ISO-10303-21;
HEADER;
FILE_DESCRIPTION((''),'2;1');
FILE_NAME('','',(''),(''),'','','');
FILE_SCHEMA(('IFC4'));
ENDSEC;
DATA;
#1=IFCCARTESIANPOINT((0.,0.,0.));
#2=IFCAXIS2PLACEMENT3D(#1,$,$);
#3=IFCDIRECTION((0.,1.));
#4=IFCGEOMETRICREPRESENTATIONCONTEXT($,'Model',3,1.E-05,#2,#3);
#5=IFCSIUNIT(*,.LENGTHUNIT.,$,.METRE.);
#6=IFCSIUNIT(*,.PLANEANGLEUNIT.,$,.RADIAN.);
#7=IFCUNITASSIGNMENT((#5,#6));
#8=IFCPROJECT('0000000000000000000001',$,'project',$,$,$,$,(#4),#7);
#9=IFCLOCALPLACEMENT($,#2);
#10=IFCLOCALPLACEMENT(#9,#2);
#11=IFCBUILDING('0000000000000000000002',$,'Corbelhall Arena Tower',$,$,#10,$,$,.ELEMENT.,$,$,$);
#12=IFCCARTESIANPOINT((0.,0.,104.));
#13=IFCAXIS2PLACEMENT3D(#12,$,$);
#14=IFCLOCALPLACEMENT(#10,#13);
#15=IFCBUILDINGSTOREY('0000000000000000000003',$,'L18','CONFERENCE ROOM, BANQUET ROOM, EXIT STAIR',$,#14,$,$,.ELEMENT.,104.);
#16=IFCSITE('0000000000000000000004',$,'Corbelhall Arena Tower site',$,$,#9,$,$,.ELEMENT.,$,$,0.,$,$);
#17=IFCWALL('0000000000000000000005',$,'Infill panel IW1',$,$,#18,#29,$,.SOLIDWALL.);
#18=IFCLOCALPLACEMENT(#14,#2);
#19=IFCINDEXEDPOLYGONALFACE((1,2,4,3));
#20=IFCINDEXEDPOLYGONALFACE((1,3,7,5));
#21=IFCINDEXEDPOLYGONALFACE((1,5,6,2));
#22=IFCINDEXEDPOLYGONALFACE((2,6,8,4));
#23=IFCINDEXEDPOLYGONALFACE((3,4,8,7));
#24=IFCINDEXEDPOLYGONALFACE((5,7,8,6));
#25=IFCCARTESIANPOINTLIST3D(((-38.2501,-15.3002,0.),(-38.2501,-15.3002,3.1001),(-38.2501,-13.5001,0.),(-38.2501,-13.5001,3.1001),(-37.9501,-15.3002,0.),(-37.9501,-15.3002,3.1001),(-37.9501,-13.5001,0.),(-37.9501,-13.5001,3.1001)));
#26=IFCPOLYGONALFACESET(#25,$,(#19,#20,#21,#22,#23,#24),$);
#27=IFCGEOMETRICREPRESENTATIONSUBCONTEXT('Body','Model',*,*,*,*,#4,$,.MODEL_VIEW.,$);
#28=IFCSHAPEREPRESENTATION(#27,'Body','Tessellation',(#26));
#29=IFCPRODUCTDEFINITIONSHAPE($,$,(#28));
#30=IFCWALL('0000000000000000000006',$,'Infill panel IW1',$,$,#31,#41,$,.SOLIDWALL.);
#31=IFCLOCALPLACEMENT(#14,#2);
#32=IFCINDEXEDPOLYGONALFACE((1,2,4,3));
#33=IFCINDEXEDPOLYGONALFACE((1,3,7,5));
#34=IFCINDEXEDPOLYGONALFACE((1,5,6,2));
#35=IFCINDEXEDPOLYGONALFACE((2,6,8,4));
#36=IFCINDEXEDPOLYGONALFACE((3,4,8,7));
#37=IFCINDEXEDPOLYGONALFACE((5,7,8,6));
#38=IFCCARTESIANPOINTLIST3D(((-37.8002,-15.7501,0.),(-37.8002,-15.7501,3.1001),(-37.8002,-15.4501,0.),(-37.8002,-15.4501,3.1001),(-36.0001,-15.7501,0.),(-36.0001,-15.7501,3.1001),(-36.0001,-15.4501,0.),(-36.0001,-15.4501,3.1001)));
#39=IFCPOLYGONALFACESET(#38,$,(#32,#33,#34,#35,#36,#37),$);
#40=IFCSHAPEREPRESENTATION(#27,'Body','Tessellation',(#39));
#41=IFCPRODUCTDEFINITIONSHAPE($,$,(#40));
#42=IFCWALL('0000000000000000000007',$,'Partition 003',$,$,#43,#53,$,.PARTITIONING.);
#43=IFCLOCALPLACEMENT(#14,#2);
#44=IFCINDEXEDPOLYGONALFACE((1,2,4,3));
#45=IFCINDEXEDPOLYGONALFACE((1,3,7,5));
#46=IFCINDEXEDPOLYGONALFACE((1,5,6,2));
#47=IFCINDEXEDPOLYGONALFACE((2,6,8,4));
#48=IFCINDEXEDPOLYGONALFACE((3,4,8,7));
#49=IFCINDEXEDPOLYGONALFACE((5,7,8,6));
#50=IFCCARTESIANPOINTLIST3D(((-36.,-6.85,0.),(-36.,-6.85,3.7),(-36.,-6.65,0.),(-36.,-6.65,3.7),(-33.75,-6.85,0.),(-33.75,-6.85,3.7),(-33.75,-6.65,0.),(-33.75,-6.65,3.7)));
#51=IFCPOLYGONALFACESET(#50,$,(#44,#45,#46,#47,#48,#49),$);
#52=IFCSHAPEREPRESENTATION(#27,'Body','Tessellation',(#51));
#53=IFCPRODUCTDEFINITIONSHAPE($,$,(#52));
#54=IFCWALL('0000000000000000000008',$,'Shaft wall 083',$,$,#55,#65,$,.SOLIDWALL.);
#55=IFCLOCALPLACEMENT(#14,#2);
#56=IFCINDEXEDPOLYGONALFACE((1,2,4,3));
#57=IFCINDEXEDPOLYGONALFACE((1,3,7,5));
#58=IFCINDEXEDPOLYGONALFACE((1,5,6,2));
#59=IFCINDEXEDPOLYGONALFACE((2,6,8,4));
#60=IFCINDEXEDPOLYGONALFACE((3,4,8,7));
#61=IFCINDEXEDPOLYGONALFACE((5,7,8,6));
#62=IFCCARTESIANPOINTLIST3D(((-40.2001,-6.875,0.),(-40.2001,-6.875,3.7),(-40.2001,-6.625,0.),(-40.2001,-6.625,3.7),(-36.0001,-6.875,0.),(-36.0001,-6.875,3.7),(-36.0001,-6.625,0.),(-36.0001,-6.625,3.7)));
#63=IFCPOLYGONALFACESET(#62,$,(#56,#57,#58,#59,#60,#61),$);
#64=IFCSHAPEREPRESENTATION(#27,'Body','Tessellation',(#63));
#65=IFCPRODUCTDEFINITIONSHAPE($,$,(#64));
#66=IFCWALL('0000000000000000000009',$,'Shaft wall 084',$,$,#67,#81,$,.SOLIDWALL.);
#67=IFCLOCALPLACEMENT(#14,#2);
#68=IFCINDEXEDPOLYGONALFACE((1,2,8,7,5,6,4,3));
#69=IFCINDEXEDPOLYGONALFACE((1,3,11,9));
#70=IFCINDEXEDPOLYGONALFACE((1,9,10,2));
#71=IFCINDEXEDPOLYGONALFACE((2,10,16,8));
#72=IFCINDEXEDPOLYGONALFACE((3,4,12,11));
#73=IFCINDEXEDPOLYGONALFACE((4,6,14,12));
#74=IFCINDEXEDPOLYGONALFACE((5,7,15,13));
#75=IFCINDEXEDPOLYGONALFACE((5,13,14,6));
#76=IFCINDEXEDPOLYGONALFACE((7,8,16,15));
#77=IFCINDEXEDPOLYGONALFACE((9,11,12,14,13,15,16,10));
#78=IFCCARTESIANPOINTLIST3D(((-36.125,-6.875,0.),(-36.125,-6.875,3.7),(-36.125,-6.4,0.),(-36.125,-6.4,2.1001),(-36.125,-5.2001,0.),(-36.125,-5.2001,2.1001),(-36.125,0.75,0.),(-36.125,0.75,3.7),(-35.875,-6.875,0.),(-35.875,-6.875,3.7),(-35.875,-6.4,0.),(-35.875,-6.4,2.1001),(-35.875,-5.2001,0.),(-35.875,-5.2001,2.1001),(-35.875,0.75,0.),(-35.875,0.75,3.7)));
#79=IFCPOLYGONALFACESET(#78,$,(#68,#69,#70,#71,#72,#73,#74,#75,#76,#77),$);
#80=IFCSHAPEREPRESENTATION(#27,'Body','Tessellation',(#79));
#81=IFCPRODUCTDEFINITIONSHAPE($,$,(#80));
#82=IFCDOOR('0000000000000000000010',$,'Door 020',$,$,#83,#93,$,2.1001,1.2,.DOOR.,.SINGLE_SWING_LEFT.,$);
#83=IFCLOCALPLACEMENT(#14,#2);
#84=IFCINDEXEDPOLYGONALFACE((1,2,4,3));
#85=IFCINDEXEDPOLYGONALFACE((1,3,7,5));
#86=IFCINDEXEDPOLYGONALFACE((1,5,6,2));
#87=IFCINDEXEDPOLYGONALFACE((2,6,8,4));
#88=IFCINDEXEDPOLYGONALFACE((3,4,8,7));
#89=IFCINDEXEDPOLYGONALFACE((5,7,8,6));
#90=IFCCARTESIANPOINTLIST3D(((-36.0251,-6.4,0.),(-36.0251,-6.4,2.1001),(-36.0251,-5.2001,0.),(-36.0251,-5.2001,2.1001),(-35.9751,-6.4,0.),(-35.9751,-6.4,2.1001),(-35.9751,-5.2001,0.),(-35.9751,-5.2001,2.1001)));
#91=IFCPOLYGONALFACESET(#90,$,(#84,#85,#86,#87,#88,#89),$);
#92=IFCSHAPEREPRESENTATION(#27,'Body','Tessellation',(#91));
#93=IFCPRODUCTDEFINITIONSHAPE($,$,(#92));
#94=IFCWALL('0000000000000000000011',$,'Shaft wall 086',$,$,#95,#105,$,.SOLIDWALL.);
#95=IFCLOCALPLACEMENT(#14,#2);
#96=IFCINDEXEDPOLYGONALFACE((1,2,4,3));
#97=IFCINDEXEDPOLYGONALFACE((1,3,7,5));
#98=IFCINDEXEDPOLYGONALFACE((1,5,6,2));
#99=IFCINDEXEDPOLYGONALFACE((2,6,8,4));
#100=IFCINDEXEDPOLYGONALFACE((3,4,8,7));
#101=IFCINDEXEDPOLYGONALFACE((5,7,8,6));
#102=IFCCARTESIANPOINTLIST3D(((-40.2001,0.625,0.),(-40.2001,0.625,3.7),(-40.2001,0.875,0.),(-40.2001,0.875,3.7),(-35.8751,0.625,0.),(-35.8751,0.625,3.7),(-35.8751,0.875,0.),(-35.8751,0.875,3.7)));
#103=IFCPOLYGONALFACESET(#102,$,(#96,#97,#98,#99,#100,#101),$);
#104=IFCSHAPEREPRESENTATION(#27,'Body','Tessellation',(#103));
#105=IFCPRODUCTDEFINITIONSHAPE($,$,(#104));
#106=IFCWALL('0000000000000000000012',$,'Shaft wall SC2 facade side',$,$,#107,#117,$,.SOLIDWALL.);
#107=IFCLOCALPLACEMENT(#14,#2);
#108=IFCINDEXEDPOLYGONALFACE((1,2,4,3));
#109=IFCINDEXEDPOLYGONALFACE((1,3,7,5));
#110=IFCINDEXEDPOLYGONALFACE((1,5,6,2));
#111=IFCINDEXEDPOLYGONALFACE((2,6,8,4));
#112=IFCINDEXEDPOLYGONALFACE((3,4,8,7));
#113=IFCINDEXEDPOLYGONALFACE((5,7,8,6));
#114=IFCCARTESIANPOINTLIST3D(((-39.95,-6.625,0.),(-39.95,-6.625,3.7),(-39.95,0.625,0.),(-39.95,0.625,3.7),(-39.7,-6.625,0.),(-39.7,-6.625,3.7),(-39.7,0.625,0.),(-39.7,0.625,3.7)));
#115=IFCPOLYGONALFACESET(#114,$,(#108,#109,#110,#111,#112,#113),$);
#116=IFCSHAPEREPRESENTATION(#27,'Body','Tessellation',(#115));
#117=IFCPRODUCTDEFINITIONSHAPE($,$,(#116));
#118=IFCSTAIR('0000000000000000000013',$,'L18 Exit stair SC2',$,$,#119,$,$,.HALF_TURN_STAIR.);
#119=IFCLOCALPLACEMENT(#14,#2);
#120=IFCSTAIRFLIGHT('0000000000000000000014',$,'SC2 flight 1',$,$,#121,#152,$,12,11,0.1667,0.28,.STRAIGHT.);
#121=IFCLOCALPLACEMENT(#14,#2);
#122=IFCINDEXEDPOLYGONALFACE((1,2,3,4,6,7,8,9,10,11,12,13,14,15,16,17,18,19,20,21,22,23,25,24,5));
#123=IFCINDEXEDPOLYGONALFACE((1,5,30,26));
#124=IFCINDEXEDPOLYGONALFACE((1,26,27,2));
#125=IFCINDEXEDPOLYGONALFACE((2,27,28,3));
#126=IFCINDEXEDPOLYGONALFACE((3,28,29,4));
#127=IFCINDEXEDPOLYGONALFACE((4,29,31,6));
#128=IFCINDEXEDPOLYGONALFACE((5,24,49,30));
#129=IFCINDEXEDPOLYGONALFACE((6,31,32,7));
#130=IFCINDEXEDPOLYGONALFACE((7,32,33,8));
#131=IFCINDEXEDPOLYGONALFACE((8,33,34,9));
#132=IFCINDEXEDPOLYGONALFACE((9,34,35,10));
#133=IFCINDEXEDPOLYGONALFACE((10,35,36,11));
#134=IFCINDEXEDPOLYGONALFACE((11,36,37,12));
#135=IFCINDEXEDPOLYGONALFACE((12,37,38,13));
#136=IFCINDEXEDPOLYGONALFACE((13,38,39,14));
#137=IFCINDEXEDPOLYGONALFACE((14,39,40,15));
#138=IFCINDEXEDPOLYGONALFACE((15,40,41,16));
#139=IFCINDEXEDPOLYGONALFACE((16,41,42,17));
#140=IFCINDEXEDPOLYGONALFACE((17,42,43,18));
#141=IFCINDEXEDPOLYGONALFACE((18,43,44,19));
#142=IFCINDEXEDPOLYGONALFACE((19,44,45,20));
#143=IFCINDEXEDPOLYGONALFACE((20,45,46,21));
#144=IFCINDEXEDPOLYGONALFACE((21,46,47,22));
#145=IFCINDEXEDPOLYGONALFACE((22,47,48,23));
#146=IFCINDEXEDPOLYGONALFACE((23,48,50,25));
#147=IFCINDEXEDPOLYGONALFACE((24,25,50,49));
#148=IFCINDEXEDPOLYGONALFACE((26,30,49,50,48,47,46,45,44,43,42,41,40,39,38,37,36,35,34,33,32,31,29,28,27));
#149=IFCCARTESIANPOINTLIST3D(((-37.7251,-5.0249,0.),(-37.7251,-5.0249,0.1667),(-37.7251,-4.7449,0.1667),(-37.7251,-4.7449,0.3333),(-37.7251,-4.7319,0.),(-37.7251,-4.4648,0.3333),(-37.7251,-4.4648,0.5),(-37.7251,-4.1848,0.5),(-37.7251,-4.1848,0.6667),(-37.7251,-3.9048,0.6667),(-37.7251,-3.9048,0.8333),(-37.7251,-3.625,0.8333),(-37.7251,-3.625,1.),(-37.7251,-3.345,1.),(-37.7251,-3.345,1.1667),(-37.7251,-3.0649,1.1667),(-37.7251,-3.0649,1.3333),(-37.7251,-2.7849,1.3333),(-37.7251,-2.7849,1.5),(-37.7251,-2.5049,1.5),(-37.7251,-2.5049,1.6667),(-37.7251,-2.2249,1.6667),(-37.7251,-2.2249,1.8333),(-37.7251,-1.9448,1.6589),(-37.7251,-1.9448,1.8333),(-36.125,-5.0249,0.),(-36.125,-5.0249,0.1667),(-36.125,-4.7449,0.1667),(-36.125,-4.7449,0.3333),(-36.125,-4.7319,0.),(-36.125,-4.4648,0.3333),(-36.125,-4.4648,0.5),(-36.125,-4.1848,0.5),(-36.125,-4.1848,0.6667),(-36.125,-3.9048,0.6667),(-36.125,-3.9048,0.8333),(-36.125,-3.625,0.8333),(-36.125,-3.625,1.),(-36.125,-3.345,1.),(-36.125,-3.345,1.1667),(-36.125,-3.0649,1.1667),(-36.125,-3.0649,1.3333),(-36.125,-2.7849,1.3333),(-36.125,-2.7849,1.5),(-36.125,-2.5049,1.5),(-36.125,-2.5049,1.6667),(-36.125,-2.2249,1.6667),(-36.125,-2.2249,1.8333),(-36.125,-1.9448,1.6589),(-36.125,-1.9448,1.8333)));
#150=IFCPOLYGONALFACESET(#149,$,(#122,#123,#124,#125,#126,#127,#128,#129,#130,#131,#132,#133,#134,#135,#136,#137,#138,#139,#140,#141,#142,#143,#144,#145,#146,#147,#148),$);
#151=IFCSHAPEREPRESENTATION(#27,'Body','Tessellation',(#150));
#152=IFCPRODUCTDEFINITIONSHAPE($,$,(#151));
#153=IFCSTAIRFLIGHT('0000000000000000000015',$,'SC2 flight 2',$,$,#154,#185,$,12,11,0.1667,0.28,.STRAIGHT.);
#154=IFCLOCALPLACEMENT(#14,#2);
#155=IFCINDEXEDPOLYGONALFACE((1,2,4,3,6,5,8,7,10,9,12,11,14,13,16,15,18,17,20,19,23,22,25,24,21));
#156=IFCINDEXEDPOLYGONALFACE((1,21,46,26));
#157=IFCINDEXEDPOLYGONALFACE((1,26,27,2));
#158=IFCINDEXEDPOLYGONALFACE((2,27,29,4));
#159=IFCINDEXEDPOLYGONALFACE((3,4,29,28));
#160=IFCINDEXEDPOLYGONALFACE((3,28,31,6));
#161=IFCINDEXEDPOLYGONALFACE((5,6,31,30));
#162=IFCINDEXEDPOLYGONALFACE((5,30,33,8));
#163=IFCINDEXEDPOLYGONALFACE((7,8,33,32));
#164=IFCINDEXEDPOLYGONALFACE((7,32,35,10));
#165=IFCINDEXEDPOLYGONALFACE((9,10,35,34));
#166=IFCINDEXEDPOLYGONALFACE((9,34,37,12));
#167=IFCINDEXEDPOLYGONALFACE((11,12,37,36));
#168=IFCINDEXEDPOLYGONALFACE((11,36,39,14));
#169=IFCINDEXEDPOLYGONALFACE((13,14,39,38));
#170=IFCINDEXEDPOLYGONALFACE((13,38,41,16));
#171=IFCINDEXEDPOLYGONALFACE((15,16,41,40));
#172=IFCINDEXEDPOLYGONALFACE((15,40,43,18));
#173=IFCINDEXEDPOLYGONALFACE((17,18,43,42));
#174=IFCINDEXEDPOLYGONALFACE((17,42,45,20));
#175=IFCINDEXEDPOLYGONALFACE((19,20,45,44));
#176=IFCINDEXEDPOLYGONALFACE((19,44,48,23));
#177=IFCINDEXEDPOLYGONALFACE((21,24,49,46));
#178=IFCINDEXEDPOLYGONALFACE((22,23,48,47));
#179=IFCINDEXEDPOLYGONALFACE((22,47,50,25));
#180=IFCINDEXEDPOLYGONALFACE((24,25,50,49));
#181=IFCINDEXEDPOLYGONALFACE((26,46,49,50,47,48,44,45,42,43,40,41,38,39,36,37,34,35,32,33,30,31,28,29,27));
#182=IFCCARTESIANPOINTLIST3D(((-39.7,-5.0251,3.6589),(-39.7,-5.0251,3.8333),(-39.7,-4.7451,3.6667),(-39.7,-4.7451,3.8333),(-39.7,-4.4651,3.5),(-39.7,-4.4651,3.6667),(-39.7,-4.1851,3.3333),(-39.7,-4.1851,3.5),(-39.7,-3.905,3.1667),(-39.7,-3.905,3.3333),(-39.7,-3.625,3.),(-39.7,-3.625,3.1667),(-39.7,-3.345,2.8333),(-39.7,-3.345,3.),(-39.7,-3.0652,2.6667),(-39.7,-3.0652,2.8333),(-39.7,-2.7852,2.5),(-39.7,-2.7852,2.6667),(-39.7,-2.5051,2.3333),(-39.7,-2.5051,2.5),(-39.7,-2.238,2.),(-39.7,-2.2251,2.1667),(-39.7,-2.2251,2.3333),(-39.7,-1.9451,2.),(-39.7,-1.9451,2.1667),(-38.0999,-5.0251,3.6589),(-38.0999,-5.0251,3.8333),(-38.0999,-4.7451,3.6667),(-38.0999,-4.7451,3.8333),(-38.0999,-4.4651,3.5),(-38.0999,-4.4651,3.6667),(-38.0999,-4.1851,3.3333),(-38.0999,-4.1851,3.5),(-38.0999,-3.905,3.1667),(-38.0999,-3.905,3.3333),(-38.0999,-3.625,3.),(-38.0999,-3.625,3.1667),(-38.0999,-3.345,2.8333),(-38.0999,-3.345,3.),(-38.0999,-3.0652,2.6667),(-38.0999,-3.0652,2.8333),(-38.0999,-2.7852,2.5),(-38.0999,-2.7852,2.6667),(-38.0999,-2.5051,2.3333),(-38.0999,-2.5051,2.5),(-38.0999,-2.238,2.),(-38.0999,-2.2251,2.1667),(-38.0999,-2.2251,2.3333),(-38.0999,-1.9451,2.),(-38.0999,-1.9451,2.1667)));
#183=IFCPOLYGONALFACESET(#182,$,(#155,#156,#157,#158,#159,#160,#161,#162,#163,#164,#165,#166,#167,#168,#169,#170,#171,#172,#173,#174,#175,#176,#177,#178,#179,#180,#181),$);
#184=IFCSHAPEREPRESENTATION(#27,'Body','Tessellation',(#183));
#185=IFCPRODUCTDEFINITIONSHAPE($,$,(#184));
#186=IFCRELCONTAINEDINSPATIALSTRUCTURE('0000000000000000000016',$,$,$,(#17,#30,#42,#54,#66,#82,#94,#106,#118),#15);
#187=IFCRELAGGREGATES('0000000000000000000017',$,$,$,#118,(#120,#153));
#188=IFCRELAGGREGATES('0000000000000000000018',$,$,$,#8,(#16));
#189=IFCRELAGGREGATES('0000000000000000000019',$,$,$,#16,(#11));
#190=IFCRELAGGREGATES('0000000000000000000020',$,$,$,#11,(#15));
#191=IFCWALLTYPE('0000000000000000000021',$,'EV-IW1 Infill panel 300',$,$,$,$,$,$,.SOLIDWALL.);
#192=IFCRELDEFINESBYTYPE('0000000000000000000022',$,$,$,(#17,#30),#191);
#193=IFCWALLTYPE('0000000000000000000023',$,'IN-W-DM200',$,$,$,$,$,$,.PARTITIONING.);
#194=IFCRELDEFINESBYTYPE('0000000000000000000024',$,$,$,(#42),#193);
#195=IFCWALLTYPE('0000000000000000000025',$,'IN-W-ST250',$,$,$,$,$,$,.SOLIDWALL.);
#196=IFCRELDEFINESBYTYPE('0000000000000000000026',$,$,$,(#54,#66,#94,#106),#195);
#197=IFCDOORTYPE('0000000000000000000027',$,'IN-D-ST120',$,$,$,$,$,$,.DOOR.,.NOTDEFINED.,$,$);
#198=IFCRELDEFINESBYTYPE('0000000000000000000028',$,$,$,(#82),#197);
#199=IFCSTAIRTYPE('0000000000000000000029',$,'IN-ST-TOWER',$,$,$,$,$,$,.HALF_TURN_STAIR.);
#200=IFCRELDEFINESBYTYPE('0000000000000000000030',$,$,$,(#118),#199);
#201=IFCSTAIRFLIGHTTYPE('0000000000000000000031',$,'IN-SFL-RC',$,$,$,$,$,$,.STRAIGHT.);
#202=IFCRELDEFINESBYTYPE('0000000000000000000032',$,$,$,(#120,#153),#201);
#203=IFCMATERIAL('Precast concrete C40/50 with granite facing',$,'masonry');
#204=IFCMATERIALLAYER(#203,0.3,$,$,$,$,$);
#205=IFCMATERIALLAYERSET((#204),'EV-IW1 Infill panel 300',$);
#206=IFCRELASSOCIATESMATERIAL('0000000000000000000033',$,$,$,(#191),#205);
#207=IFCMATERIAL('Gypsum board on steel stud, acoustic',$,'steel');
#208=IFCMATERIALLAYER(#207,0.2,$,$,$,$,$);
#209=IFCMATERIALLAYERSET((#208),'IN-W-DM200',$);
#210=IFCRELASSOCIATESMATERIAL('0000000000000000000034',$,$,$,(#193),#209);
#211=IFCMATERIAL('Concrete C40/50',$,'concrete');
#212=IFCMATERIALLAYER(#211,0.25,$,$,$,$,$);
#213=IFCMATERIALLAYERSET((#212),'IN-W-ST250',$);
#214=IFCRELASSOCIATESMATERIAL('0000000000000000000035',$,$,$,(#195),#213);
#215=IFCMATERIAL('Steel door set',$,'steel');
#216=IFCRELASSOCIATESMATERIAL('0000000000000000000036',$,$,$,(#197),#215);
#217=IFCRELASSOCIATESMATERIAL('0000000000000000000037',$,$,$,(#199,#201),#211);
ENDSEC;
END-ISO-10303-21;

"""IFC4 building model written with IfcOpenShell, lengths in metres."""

from ifc_helpers import new_model, si_unit, direction, frame, frame_2d, origin, place, context, subcontext, project, spatial, polyline, rectangle, outline, extrude, material, layer, layer_set, type_object, element, fill, aggregate, save


model = new_model("IFC4")

# Units and contexts
model_context = context("Model", 3, precision=1e-05, world=origin(), true_north=direction((0.0, 1.0)))
body_context = subcontext(model_context, "Body", "Model", "MODEL_VIEW")
ifc_project = project(units=[si_unit("LENGTHUNIT", "METRE"), si_unit("PLANEANGLEUNIT", "RADIAN")], contexts=[model_context])

# Site, building, storey
site_placement = place(None, origin())
site = spatial("IfcSite", under=ifc_project, at=site_placement, Name="Corbelhall Arena Tower site", CompositionType="ELEMENT", RefElevation=0.0)
building_placement = place(site_placement, origin())
building = spatial("IfcBuilding", under=site, at=building_placement, Name="Corbelhall Arena Tower", CompositionType="ELEMENT")
storey_placement = place(building_placement, frame((0.0, 0.0, 104.0)))
storey = spatial("IfcBuildingStorey", under=building, at=storey_placement, Name="L18", Description="CONFERENCE ROOM, BANQUET ROOM, EXIT STAIR", CompositionType="ELEMENT", Elevation=104.0)

# Walls
ifc_material_1 = material(Name="Precast concrete C40/50 with granite facing", Category="masonry")
ifc_layer_1 = layer(ifc_material_1, 0.3)
ifc_layer_set_1 = layer_set([ifc_layer_1], Name="EV-IW1 Infill panel 300")
wall_type_1 = type_object("IfcWallType", Name="EV-IW1 Infill panel 300", PredefinedType="SOLIDWALL", material=ifc_layer_set_1)
for number, where, z_axis, x_axis, name in (
    (1, (-38.1001, -15.3, 0.0), (0.0, 0.0, 1.0), (0.0, 1.0, 0.0), "Infill panel IW1"),
    (2, (-37.8, -15.6001, 0.0), (0.0, 0.0, 1.0), (1.0, 0.0, 0.0), "Infill panel IW1"),
):
    element("IfcWall", number, at=place(storey_placement, frame(where, z_axis=z_axis, x_axis=x_axis)), inside=storey, type_object=wall_type_1, Name=name, PredefinedType="SOLIDWALL", context=body_context, shape_type="SweptSolid", body=[
        extrude(rectangle(XDim=1.8, YDim=0.3, at=frame_2d((0.8999, 0.0))), origin(), (0.0, 0.0, 1.0), 3.1001),
    ])

# Wall
ifc_material_2 = material(Name="Gypsum board on steel stud, acoustic", Category="steel")
ifc_layer_2 = layer(ifc_material_2, 0.2)
ifc_layer_set_2 = layer_set([ifc_layer_2], Name="IN-W-DM200")
wall_type_2 = type_object("IfcWallType", Name="IN-W-DM200", PredefinedType="PARTITIONING", material=ifc_layer_set_2)
wall_1_placement = place(storey_placement, frame((-33.75, -6.75, 0.0), z_axis=(0.0, 0.0, 1.0), x_axis=(-1.0, 0.0, 0.0)))
element("IfcWall", 3, at=wall_1_placement, inside=storey, type_object=wall_type_2, Name="Partition 003", PredefinedType="PARTITIONING", context=body_context, shape_type="SweptSolid", body=[
    extrude(rectangle(XDim=2.25, YDim=0.2, at=frame_2d((1.125, 0.0))), origin(), (0.0, 0.0, 1.0), 3.7),
])

# Shared definitions
ifc_material_3 = material(Name="Steel door set", Category="steel")

# Wall
ifc_material_4 = material(Name="Concrete C40/50", Category="concrete")
ifc_layer_3 = layer(ifc_material_4, 0.25)
ifc_layer_set_3 = layer_set([ifc_layer_3], Name="IN-W-ST250")
wall_type_3 = type_object("IfcWallType", Name="IN-W-ST250", PredefinedType="SOLIDWALL", material=ifc_layer_set_3)
wall_2_placement = place(storey_placement, frame((-36.0, -6.75, 0.0), z_axis=(0.0, 0.0, 1.0), x_axis=(-1.0, 0.0, 0.0)))
element("IfcWall", 4, at=wall_2_placement, inside=storey, type_object=wall_type_3, Name="Shaft wall 083", PredefinedType="SOLIDWALL", context=body_context, shape_type="SweptSolid", body=[
    extrude(rectangle(XDim=4.2, YDim=0.25, at=frame_2d((2.1001, 0.0))), origin(), (0.0, 0.0, 1.0), 3.7),
])

# Wall, opening, door
wall_3_placement = place(storey_placement, frame((-36.0, 0.75, 0.0), z_axis=(0.0, 0.0, 1.0), x_axis=(0.0, -1.0, 0.0)))
wall_3 = element("IfcWall", 5, at=wall_3_placement, inside=storey, type_object=wall_type_3, Name="Shaft wall 084", PredefinedType="SOLIDWALL", context=body_context, shape_type="SweptSolid", body=[
    extrude(rectangle(XDim=7.625, YDim=0.25, at=frame_2d((3.8125, 0.0))), origin(), (0.0, 0.0, 1.0), 3.7),
])
opening_1_placement = place(wall_3_placement, frame((5.95, 0.0, 0.0)))
opening_1 = element("IfcOpeningElement", 6, at=opening_1_placement, cuts=wall_3, PredefinedType="OPENING", context=body_context, shape_type="SweptSolid", body=[
    extrude(rectangle(XDim=1.2, YDim=2.1001, at=frame_2d((0.6001, 1.05))), frame((0.0, 0.125, 0.0), z_axis=(0.0, -1.0, 0.0), x_axis=(1.0, 0.0, 0.0)), (0.0, 0.0, 1.0), 0.25),
])
door_type_1 = type_object("IfcDoorType", Name="IN-D-ST120", OperationType="NOTDEFINED", PredefinedType="DOOR", material=ifc_material_3)
door_1_placement = place(opening_1_placement, origin())
door_1 = element("IfcDoor", 7, at=door_1_placement, inside=storey, type_object=door_type_1, Name="Door 020", OperationType="SINGLE_SWING_LEFT", OverallHeight=2.1001, OverallWidth=1.2, PredefinedType="DOOR", context=body_context, shape_type="SweptSolid", body=[
    extrude(rectangle(XDim=1.2, YDim=2.1001, at=frame_2d((0.6001, 1.05))), frame((0.0, 0.0249, 0.0), z_axis=(0.0, -1.0, 0.0), x_axis=(1.0, 0.0, 0.0)), (0.0, 0.0, 1.0), 0.05),
])
fill(opening_1, door_1)

# Walls
wall_4_placement = place(storey_placement, frame((-35.875, 0.75, 0.0), z_axis=(0.0, 0.0, 1.0), x_axis=(-1.0, 0.0, 0.0)))
element("IfcWall", 8, at=wall_4_placement, inside=storey, type_object=wall_type_3, Name="Shaft wall 086", PredefinedType="SOLIDWALL", context=body_context, shape_type="SweptSolid", body=[
    extrude(rectangle(XDim=4.325, YDim=0.25, at=frame_2d((2.1626, 0.0))), origin(), (0.0, 0.0, 1.0), 3.7),
])
wall_5_placement = place(storey_placement, frame((-39.825, -6.625, 0.0), z_axis=(0.0, 0.0, 1.0), x_axis=(0.0, 1.0, 0.0)))
element("IfcWall", 9, at=wall_5_placement, inside=storey, type_object=wall_type_3, Name="Shaft wall SC2 facade side", PredefinedType="SOLIDWALL", context=body_context, shape_type="SweptSolid", body=[
    extrude(rectangle(XDim=7.25, YDim=0.25, at=frame_2d((3.625, 0.0))), origin(), (0.0, 0.0, 1.0), 3.7),
])

# Stair, stair flights
stair_type = type_object("IfcStairType", Name="IN-ST-TOWER", PredefinedType="HALF_TURN_STAIR", material=ifc_material_4)
stair_placement = place(storey_placement, origin())
stair = element("IfcStair", 10, at=stair_placement, inside=storey, type_object=stair_type, Name="L18 Exit stair SC2", PredefinedType="HALF_TURN_STAIR")
stair_flight_type = type_object("IfcStairFlightType", Name="IN-SFL-RC", PredefinedType="STRAIGHT", material=ifc_material_4)
stair_flight_1_placement = place(storey_placement, frame((-36.925, -5.0249, 0.0), z_axis=(0.0, 0.0, 1.0), x_axis=(0.0, 1.0, 0.0)))
stair_flight_1 = element("IfcStairFlight", 11, at=stair_flight_1_placement, type_object=stair_flight_type, Name="SC2 flight 1", NumberOfRisers=12, NumberOfTreads=11, PredefinedType="STRAIGHT", RiserHeight=0.1667, TreadLength=0.28, context=body_context, shape_type="SweptSolid", body=[
    extrude(outline(polyline([(0.0, 0.0), (0.0, 0.1667), (0.28, 0.1667), (0.28, 0.3333), (0.5601, 0.3333), (0.5601, 0.5), (0.8401, 0.5), (0.8401, 0.6667), (1.1201, 0.6667), (1.1201, 0.8333), (1.3999, 0.8333), (1.3999, 1.0), (1.6799, 1.0), (1.6799, 1.1667), (1.96, 1.1667), (1.96, 1.3333), (2.24, 1.3333), (2.24, 1.5), (2.52, 1.5), (2.52, 1.6667), (2.8, 1.6667), (2.8, 1.8333), (3.0801, 1.8333), (3.0801, 2.0), (3.0801, 1.6589), (0.293, 0.0), (0.0, 0.0)])), frame((0.0, 0.8, 0.0), z_axis=(0.0, -1.0, 0.0), x_axis=(1.0, 0.0, 0.0)), (0.0, 0.0, 1.0), 1.6001),
])
stair_flight_2_placement = place(storey_placement, frame((-38.8999, -1.9451, 2.0), z_axis=(0.0, 0.0, 1.0), x_axis=(0.0, -1.0, 0.0)))
stair_flight_2 = element("IfcStairFlight", 12, at=stair_flight_2_placement, type_object=stair_flight_type, Name="SC2 flight 2", NumberOfRisers=12, NumberOfTreads=11, PredefinedType="STRAIGHT", RiserHeight=0.1667, TreadLength=0.28, context=body_context, shape_type="SweptSolid", body=[
    extrude(outline(polyline([(0.0, 0.0), (0.0, 0.1667), (0.28, 0.1667), (0.28, 0.3333), (0.5601, 0.3333), (0.5601, 0.5), (0.8401, 0.5), (0.8401, 0.6667), (1.1201, 0.6667), (1.1201, 0.8333), (1.3999, 0.8333), (1.3999, 1.0), (1.6799, 1.0), (1.6799, 1.1667), (1.96, 1.1667), (1.96, 1.3333), (2.24, 1.3333), (2.24, 1.5), (2.52, 1.5), (2.52, 1.6667), (2.8, 1.6667), (2.8, 1.8333), (3.0801, 1.8333), (3.0801, 2.0), (3.0801, 1.6589), (0.293, 0.0), (0.0, 0.0)])), frame((0.0, 0.8, 0.0), z_axis=(0.0, -1.0, 0.0), x_axis=(1.0, 0.0, 0.0)), (0.0, 0.0, 1.0), 1.6001),
])
aggregate(stair, [stair_flight_1, stair_flight_2])

save(model, "model.ifc")
